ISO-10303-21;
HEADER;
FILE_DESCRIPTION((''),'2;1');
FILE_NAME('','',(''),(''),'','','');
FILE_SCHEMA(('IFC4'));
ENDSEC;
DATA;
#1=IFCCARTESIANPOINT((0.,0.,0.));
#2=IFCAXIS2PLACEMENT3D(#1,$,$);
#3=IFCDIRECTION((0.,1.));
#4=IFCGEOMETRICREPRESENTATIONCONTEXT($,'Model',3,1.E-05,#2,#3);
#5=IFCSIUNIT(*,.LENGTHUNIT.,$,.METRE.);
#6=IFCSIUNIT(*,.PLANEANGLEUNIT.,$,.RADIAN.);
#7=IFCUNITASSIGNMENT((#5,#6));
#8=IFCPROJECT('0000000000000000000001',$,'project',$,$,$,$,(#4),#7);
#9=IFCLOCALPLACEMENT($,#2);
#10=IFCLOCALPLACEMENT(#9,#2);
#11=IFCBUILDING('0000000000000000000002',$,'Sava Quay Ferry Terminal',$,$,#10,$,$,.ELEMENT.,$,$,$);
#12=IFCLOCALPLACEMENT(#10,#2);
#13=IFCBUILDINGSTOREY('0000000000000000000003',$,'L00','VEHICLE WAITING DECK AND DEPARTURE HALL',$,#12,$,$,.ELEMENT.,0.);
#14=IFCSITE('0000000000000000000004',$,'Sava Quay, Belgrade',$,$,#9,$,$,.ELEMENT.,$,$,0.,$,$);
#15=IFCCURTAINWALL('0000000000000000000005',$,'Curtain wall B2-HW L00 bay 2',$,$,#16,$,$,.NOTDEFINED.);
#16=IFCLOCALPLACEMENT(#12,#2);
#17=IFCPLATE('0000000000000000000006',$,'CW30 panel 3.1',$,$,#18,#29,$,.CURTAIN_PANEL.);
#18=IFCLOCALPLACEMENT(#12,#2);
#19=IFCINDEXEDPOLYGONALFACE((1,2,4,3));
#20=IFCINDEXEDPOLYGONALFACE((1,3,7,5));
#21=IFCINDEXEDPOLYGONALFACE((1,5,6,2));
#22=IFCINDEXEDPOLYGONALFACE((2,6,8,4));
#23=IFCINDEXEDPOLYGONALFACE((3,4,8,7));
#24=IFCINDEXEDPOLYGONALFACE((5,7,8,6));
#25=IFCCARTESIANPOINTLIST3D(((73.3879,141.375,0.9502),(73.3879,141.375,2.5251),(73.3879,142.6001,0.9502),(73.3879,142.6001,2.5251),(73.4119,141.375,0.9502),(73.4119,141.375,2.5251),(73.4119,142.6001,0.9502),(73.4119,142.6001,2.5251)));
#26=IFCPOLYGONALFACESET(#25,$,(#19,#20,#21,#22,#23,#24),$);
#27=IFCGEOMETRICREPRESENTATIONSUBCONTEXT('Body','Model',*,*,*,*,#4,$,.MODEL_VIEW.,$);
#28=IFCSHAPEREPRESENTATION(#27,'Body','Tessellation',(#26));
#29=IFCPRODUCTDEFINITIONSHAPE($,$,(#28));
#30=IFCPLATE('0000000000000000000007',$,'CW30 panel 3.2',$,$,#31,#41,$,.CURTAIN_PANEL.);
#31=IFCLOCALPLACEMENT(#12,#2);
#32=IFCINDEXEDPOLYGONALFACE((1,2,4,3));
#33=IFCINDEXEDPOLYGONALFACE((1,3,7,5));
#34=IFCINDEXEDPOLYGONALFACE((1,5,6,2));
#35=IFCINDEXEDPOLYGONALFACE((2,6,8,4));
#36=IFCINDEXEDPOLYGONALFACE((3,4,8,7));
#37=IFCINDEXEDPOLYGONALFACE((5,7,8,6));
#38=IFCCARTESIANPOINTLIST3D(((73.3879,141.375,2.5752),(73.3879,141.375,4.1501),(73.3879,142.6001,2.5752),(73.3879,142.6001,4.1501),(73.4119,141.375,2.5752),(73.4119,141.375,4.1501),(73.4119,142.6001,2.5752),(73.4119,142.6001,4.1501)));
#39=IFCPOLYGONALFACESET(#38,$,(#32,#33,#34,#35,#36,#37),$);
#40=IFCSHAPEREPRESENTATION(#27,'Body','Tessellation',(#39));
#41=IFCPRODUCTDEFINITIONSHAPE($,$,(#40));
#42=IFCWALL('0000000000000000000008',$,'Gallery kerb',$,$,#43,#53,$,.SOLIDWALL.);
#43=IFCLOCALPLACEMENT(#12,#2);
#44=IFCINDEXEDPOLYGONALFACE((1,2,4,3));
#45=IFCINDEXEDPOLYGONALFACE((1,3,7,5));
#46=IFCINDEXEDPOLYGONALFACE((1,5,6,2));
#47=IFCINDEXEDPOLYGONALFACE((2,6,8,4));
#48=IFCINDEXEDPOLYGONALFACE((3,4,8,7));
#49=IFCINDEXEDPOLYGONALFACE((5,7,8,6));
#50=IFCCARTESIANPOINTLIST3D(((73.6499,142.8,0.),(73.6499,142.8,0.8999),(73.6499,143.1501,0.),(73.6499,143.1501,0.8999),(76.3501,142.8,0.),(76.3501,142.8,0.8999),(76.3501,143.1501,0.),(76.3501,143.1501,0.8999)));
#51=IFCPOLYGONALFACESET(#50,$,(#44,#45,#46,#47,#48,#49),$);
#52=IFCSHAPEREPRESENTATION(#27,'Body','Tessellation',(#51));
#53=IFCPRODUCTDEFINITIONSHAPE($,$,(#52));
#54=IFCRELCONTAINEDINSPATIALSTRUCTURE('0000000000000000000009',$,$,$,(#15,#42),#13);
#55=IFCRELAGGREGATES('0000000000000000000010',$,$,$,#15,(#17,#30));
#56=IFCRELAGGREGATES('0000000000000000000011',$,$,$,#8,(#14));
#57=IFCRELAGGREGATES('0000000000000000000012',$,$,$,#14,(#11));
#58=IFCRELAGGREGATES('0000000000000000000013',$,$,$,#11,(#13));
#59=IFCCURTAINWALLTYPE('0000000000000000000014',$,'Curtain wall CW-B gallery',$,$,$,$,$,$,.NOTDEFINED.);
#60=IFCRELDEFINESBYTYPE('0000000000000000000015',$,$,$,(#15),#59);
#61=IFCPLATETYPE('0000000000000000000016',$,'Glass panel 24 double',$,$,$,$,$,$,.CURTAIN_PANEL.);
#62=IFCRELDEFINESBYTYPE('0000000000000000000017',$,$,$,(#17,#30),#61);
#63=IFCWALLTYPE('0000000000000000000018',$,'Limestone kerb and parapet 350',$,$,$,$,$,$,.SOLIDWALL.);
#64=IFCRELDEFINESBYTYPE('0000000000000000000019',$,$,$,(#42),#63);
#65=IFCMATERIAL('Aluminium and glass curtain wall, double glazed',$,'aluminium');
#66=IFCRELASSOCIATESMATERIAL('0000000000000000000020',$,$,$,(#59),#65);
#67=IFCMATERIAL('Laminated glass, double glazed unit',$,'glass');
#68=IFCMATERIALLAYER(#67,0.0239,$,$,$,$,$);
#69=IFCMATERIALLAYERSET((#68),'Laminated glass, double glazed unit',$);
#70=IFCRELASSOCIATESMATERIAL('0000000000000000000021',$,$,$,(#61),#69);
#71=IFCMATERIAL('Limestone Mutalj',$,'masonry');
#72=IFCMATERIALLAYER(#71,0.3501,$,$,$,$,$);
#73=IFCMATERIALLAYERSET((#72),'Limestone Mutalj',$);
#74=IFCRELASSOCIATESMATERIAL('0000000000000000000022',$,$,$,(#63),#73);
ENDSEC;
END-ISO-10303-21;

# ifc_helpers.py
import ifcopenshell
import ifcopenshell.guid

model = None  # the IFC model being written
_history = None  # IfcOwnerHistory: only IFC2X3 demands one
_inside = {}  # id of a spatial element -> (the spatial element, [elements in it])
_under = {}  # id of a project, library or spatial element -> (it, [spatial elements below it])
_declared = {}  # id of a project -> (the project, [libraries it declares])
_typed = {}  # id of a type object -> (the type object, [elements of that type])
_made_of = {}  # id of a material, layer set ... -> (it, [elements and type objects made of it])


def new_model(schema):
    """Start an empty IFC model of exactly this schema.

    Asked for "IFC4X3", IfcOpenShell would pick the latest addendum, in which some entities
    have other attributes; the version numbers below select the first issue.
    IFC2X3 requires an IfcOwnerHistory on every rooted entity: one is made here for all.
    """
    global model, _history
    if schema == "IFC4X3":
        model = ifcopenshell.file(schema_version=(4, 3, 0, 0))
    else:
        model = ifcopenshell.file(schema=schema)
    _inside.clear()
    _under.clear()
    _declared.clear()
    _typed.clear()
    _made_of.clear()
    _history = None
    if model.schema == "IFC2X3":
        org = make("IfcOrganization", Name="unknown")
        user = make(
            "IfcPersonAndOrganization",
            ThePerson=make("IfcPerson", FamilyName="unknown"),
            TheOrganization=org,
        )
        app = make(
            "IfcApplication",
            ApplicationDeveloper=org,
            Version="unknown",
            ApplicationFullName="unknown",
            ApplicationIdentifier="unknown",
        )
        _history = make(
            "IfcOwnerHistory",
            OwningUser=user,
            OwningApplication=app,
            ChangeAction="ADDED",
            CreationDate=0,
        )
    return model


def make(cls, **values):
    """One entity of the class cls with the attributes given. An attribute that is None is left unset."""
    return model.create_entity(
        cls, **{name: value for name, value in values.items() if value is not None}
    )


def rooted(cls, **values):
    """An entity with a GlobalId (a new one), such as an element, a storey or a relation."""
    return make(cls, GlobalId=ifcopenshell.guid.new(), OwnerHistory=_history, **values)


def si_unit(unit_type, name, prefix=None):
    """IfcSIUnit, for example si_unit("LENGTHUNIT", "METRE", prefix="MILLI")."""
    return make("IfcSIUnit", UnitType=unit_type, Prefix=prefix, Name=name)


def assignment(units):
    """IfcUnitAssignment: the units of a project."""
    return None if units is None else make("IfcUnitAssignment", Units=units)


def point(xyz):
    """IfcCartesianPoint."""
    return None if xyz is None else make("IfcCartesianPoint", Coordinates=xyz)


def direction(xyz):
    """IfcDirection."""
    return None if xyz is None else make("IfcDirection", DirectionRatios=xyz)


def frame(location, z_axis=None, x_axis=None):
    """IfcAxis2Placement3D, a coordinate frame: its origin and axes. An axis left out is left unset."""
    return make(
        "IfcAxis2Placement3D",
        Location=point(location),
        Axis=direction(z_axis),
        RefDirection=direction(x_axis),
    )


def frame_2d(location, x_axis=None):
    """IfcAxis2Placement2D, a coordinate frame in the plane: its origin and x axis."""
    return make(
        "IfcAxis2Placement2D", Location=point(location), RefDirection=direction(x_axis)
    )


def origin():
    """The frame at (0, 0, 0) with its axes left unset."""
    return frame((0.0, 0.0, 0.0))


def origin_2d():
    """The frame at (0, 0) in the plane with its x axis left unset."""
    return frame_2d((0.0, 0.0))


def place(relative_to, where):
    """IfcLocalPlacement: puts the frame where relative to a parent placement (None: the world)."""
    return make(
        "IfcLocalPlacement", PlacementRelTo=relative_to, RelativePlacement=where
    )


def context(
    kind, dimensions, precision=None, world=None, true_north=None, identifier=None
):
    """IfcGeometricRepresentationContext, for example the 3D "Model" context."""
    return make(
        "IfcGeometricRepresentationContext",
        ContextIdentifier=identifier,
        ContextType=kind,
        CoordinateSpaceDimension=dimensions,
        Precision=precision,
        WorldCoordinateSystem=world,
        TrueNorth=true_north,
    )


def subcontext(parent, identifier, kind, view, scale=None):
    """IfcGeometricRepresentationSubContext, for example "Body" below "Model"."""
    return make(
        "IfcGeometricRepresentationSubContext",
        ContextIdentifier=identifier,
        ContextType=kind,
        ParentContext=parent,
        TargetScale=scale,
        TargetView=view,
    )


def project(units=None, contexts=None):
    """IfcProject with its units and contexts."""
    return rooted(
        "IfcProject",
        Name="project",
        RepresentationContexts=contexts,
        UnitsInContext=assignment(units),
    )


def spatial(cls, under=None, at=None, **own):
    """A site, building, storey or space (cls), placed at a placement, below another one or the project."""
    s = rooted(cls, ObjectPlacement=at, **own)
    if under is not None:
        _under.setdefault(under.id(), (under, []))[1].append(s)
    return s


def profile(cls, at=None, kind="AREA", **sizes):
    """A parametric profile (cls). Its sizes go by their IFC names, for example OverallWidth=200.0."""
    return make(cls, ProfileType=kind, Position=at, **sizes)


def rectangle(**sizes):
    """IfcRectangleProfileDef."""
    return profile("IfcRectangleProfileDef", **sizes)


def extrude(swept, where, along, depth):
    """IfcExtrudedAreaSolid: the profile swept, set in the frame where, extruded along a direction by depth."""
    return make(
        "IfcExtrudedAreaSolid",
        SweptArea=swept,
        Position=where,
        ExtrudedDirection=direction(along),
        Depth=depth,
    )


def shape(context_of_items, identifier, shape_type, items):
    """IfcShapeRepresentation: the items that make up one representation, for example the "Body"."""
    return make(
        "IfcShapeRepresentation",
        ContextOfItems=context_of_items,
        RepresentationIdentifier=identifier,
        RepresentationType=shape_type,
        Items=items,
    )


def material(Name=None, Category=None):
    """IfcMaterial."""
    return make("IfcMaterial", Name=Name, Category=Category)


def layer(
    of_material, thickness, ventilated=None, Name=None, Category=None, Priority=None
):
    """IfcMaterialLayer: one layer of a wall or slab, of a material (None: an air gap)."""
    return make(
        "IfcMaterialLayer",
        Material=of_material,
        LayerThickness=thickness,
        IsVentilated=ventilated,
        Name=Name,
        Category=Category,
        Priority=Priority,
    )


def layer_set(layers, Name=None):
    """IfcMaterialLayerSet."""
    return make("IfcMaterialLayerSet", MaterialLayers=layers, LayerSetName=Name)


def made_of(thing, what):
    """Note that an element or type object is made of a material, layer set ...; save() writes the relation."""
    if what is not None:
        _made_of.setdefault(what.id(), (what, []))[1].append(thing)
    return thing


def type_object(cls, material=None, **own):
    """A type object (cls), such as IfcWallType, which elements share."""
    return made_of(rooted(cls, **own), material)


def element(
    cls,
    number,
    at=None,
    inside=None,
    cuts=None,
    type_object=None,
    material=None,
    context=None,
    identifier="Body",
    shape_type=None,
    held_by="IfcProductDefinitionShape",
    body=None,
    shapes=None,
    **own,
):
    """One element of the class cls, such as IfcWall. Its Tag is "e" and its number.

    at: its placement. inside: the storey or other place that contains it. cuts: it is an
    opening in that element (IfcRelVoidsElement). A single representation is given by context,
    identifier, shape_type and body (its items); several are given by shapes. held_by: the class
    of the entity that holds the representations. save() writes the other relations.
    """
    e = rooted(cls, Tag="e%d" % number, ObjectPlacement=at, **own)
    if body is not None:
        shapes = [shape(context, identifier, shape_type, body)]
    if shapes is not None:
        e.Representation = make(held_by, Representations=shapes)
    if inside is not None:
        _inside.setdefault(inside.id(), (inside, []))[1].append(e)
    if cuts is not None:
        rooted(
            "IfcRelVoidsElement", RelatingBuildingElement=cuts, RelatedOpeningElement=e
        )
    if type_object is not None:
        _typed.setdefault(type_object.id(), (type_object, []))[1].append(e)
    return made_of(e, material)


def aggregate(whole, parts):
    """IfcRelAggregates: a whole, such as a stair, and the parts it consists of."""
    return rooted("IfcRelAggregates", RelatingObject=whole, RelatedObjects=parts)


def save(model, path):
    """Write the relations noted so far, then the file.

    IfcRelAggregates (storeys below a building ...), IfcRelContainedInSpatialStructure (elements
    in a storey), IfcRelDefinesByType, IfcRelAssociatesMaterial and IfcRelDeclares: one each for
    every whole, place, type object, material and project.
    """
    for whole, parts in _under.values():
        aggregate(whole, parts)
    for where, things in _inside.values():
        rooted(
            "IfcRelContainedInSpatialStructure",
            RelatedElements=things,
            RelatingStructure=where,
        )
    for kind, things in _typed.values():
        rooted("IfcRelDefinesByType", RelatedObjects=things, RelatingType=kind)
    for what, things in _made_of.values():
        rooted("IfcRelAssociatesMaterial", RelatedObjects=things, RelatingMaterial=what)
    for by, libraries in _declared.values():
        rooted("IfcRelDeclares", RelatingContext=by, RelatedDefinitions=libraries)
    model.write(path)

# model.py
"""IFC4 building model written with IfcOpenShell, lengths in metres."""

from ifc_helpers import new_model, si_unit, direction, frame, frame_2d, origin, origin_2d, place, context, subcontext, project, spatial, rectangle, extrude, material, layer, layer_set, type_object, element, aggregate, save


model = new_model("IFC4")

# Units and contexts
model_context = context("Model", 3, precision=1e-05, world=origin(), true_north=direction((0.0, 1.0)))
body_context = subcontext(model_context, "Body", "Model", "MODEL_VIEW")
ifc_project = project(units=[si_unit("LENGTHUNIT", "METRE"), si_unit("PLANEANGLEUNIT", "RADIAN")], contexts=[model_context])

# Site, building, storey
site_placement = place(None, origin())
site = spatial("IfcSite", under=ifc_project, at=site_placement, Name="Sava Quay, Belgrade", CompositionType="ELEMENT", RefElevation=0.0)
building_placement = place(site_placement, origin())
building = spatial("IfcBuilding", under=site, at=building_placement, Name="Sava Quay Ferry Terminal", CompositionType="ELEMENT")
storey_placement = place(building_placement, origin())
storey = spatial("IfcBuildingStorey", under=building, at=storey_placement, Name="L00", Description="VEHICLE WAITING DECK AND DEPARTURE HALL", CompositionType="ELEMENT", Elevation=0.0)

# Curtain wall
ifc_material_1 = material(Name="Aluminium and glass curtain wall, double glazed", Category="aluminium")
curtain_wall_type = type_object("IfcCurtainWallType", Name="Curtain wall CW-B gallery", PredefinedType="NOTDEFINED", material=ifc_material_1)
curtain_wall_1_placement = place(storey_placement, origin())
curtain_wall_1 = element("IfcCurtainWall", 1, at=curtain_wall_1_placement, inside=storey, type_object=curtain_wall_type, Name="Curtain wall B2-HW L00 bay 2", PredefinedType="NOTDEFINED")

# Plates
ifc_material_2 = material(Name="Laminated glass, double glazed unit", Category="glass")
ifc_layer_1 = layer(ifc_material_2, 0.0239)
ifc_layer_set_1 = layer_set([ifc_layer_1], Name="Laminated glass, double glazed unit")
plate_type = type_object("IfcPlateType", Name="Glass panel 24 double", PredefinedType="CURTAIN_PANEL", material=ifc_layer_set_1)
plate_1_placement = place(storey_placement, frame((73.3999, 141.9875, 0.9502), z_axis=(0.0, 0.0, 1.0), x_axis=(0.0, 1.0, 0.0)))
plate_1 = element("IfcPlate", 2, at=plate_1_placement, type_object=plate_type, Name="CW30 panel 3.1", PredefinedType="CURTAIN_PANEL", context=body_context, shape_type="SweptSolid", body=[
    extrude(rectangle(XDim=1.2251, YDim=0.0239, at=origin_2d()), origin(), (0.0, 0.0, 1.0), 1.575),
])
plate_2_placement = place(storey_placement, frame((73.3999, 141.9875, 2.5752), z_axis=(0.0, 0.0, 1.0), x_axis=(0.0, 1.0, 0.0)))
plate_2 = element("IfcPlate", 3, at=plate_2_placement, type_object=plate_type, Name="CW30 panel 3.2", PredefinedType="CURTAIN_PANEL", context=body_context, shape_type="SweptSolid", body=[
    extrude(rectangle(XDim=1.2251, YDim=0.0239, at=origin_2d()), origin(), (0.0, 0.0, 1.0), 1.575),
])
aggregate(curtain_wall_1, [plate_1, plate_2])

# Wall
ifc_material_3 = material(Name="Limestone Mutalj", Category="masonry")
ifc_layer_2 = layer(ifc_material_3, 0.3501)
ifc_layer_set_2 = layer_set([ifc_layer_2], Name="Limestone Mutalj")
wall_type = type_object("IfcWallType", Name="Limestone kerb and parapet 350", PredefinedType="SOLIDWALL", material=ifc_layer_set_2)
wall_placement = place(storey_placement, frame((73.6499, 142.9751, 0.0), z_axis=(0.0, 0.0, 1.0), x_axis=(1.0, 0.0, 0.0)))
element("IfcWall", 4, at=wall_placement, inside=storey, type_object=wall_type, Name="Gallery kerb", PredefinedType="SOLIDWALL", context=body_context, shape_type="SweptSolid", body=[
    extrude(rectangle(XDim=2.7002, YDim=0.3501, at=frame_2d((1.3501, 0.0))), origin(), (0.0, 0.0, 1.0), 0.8999),
])

save(model, "model.ifc")
